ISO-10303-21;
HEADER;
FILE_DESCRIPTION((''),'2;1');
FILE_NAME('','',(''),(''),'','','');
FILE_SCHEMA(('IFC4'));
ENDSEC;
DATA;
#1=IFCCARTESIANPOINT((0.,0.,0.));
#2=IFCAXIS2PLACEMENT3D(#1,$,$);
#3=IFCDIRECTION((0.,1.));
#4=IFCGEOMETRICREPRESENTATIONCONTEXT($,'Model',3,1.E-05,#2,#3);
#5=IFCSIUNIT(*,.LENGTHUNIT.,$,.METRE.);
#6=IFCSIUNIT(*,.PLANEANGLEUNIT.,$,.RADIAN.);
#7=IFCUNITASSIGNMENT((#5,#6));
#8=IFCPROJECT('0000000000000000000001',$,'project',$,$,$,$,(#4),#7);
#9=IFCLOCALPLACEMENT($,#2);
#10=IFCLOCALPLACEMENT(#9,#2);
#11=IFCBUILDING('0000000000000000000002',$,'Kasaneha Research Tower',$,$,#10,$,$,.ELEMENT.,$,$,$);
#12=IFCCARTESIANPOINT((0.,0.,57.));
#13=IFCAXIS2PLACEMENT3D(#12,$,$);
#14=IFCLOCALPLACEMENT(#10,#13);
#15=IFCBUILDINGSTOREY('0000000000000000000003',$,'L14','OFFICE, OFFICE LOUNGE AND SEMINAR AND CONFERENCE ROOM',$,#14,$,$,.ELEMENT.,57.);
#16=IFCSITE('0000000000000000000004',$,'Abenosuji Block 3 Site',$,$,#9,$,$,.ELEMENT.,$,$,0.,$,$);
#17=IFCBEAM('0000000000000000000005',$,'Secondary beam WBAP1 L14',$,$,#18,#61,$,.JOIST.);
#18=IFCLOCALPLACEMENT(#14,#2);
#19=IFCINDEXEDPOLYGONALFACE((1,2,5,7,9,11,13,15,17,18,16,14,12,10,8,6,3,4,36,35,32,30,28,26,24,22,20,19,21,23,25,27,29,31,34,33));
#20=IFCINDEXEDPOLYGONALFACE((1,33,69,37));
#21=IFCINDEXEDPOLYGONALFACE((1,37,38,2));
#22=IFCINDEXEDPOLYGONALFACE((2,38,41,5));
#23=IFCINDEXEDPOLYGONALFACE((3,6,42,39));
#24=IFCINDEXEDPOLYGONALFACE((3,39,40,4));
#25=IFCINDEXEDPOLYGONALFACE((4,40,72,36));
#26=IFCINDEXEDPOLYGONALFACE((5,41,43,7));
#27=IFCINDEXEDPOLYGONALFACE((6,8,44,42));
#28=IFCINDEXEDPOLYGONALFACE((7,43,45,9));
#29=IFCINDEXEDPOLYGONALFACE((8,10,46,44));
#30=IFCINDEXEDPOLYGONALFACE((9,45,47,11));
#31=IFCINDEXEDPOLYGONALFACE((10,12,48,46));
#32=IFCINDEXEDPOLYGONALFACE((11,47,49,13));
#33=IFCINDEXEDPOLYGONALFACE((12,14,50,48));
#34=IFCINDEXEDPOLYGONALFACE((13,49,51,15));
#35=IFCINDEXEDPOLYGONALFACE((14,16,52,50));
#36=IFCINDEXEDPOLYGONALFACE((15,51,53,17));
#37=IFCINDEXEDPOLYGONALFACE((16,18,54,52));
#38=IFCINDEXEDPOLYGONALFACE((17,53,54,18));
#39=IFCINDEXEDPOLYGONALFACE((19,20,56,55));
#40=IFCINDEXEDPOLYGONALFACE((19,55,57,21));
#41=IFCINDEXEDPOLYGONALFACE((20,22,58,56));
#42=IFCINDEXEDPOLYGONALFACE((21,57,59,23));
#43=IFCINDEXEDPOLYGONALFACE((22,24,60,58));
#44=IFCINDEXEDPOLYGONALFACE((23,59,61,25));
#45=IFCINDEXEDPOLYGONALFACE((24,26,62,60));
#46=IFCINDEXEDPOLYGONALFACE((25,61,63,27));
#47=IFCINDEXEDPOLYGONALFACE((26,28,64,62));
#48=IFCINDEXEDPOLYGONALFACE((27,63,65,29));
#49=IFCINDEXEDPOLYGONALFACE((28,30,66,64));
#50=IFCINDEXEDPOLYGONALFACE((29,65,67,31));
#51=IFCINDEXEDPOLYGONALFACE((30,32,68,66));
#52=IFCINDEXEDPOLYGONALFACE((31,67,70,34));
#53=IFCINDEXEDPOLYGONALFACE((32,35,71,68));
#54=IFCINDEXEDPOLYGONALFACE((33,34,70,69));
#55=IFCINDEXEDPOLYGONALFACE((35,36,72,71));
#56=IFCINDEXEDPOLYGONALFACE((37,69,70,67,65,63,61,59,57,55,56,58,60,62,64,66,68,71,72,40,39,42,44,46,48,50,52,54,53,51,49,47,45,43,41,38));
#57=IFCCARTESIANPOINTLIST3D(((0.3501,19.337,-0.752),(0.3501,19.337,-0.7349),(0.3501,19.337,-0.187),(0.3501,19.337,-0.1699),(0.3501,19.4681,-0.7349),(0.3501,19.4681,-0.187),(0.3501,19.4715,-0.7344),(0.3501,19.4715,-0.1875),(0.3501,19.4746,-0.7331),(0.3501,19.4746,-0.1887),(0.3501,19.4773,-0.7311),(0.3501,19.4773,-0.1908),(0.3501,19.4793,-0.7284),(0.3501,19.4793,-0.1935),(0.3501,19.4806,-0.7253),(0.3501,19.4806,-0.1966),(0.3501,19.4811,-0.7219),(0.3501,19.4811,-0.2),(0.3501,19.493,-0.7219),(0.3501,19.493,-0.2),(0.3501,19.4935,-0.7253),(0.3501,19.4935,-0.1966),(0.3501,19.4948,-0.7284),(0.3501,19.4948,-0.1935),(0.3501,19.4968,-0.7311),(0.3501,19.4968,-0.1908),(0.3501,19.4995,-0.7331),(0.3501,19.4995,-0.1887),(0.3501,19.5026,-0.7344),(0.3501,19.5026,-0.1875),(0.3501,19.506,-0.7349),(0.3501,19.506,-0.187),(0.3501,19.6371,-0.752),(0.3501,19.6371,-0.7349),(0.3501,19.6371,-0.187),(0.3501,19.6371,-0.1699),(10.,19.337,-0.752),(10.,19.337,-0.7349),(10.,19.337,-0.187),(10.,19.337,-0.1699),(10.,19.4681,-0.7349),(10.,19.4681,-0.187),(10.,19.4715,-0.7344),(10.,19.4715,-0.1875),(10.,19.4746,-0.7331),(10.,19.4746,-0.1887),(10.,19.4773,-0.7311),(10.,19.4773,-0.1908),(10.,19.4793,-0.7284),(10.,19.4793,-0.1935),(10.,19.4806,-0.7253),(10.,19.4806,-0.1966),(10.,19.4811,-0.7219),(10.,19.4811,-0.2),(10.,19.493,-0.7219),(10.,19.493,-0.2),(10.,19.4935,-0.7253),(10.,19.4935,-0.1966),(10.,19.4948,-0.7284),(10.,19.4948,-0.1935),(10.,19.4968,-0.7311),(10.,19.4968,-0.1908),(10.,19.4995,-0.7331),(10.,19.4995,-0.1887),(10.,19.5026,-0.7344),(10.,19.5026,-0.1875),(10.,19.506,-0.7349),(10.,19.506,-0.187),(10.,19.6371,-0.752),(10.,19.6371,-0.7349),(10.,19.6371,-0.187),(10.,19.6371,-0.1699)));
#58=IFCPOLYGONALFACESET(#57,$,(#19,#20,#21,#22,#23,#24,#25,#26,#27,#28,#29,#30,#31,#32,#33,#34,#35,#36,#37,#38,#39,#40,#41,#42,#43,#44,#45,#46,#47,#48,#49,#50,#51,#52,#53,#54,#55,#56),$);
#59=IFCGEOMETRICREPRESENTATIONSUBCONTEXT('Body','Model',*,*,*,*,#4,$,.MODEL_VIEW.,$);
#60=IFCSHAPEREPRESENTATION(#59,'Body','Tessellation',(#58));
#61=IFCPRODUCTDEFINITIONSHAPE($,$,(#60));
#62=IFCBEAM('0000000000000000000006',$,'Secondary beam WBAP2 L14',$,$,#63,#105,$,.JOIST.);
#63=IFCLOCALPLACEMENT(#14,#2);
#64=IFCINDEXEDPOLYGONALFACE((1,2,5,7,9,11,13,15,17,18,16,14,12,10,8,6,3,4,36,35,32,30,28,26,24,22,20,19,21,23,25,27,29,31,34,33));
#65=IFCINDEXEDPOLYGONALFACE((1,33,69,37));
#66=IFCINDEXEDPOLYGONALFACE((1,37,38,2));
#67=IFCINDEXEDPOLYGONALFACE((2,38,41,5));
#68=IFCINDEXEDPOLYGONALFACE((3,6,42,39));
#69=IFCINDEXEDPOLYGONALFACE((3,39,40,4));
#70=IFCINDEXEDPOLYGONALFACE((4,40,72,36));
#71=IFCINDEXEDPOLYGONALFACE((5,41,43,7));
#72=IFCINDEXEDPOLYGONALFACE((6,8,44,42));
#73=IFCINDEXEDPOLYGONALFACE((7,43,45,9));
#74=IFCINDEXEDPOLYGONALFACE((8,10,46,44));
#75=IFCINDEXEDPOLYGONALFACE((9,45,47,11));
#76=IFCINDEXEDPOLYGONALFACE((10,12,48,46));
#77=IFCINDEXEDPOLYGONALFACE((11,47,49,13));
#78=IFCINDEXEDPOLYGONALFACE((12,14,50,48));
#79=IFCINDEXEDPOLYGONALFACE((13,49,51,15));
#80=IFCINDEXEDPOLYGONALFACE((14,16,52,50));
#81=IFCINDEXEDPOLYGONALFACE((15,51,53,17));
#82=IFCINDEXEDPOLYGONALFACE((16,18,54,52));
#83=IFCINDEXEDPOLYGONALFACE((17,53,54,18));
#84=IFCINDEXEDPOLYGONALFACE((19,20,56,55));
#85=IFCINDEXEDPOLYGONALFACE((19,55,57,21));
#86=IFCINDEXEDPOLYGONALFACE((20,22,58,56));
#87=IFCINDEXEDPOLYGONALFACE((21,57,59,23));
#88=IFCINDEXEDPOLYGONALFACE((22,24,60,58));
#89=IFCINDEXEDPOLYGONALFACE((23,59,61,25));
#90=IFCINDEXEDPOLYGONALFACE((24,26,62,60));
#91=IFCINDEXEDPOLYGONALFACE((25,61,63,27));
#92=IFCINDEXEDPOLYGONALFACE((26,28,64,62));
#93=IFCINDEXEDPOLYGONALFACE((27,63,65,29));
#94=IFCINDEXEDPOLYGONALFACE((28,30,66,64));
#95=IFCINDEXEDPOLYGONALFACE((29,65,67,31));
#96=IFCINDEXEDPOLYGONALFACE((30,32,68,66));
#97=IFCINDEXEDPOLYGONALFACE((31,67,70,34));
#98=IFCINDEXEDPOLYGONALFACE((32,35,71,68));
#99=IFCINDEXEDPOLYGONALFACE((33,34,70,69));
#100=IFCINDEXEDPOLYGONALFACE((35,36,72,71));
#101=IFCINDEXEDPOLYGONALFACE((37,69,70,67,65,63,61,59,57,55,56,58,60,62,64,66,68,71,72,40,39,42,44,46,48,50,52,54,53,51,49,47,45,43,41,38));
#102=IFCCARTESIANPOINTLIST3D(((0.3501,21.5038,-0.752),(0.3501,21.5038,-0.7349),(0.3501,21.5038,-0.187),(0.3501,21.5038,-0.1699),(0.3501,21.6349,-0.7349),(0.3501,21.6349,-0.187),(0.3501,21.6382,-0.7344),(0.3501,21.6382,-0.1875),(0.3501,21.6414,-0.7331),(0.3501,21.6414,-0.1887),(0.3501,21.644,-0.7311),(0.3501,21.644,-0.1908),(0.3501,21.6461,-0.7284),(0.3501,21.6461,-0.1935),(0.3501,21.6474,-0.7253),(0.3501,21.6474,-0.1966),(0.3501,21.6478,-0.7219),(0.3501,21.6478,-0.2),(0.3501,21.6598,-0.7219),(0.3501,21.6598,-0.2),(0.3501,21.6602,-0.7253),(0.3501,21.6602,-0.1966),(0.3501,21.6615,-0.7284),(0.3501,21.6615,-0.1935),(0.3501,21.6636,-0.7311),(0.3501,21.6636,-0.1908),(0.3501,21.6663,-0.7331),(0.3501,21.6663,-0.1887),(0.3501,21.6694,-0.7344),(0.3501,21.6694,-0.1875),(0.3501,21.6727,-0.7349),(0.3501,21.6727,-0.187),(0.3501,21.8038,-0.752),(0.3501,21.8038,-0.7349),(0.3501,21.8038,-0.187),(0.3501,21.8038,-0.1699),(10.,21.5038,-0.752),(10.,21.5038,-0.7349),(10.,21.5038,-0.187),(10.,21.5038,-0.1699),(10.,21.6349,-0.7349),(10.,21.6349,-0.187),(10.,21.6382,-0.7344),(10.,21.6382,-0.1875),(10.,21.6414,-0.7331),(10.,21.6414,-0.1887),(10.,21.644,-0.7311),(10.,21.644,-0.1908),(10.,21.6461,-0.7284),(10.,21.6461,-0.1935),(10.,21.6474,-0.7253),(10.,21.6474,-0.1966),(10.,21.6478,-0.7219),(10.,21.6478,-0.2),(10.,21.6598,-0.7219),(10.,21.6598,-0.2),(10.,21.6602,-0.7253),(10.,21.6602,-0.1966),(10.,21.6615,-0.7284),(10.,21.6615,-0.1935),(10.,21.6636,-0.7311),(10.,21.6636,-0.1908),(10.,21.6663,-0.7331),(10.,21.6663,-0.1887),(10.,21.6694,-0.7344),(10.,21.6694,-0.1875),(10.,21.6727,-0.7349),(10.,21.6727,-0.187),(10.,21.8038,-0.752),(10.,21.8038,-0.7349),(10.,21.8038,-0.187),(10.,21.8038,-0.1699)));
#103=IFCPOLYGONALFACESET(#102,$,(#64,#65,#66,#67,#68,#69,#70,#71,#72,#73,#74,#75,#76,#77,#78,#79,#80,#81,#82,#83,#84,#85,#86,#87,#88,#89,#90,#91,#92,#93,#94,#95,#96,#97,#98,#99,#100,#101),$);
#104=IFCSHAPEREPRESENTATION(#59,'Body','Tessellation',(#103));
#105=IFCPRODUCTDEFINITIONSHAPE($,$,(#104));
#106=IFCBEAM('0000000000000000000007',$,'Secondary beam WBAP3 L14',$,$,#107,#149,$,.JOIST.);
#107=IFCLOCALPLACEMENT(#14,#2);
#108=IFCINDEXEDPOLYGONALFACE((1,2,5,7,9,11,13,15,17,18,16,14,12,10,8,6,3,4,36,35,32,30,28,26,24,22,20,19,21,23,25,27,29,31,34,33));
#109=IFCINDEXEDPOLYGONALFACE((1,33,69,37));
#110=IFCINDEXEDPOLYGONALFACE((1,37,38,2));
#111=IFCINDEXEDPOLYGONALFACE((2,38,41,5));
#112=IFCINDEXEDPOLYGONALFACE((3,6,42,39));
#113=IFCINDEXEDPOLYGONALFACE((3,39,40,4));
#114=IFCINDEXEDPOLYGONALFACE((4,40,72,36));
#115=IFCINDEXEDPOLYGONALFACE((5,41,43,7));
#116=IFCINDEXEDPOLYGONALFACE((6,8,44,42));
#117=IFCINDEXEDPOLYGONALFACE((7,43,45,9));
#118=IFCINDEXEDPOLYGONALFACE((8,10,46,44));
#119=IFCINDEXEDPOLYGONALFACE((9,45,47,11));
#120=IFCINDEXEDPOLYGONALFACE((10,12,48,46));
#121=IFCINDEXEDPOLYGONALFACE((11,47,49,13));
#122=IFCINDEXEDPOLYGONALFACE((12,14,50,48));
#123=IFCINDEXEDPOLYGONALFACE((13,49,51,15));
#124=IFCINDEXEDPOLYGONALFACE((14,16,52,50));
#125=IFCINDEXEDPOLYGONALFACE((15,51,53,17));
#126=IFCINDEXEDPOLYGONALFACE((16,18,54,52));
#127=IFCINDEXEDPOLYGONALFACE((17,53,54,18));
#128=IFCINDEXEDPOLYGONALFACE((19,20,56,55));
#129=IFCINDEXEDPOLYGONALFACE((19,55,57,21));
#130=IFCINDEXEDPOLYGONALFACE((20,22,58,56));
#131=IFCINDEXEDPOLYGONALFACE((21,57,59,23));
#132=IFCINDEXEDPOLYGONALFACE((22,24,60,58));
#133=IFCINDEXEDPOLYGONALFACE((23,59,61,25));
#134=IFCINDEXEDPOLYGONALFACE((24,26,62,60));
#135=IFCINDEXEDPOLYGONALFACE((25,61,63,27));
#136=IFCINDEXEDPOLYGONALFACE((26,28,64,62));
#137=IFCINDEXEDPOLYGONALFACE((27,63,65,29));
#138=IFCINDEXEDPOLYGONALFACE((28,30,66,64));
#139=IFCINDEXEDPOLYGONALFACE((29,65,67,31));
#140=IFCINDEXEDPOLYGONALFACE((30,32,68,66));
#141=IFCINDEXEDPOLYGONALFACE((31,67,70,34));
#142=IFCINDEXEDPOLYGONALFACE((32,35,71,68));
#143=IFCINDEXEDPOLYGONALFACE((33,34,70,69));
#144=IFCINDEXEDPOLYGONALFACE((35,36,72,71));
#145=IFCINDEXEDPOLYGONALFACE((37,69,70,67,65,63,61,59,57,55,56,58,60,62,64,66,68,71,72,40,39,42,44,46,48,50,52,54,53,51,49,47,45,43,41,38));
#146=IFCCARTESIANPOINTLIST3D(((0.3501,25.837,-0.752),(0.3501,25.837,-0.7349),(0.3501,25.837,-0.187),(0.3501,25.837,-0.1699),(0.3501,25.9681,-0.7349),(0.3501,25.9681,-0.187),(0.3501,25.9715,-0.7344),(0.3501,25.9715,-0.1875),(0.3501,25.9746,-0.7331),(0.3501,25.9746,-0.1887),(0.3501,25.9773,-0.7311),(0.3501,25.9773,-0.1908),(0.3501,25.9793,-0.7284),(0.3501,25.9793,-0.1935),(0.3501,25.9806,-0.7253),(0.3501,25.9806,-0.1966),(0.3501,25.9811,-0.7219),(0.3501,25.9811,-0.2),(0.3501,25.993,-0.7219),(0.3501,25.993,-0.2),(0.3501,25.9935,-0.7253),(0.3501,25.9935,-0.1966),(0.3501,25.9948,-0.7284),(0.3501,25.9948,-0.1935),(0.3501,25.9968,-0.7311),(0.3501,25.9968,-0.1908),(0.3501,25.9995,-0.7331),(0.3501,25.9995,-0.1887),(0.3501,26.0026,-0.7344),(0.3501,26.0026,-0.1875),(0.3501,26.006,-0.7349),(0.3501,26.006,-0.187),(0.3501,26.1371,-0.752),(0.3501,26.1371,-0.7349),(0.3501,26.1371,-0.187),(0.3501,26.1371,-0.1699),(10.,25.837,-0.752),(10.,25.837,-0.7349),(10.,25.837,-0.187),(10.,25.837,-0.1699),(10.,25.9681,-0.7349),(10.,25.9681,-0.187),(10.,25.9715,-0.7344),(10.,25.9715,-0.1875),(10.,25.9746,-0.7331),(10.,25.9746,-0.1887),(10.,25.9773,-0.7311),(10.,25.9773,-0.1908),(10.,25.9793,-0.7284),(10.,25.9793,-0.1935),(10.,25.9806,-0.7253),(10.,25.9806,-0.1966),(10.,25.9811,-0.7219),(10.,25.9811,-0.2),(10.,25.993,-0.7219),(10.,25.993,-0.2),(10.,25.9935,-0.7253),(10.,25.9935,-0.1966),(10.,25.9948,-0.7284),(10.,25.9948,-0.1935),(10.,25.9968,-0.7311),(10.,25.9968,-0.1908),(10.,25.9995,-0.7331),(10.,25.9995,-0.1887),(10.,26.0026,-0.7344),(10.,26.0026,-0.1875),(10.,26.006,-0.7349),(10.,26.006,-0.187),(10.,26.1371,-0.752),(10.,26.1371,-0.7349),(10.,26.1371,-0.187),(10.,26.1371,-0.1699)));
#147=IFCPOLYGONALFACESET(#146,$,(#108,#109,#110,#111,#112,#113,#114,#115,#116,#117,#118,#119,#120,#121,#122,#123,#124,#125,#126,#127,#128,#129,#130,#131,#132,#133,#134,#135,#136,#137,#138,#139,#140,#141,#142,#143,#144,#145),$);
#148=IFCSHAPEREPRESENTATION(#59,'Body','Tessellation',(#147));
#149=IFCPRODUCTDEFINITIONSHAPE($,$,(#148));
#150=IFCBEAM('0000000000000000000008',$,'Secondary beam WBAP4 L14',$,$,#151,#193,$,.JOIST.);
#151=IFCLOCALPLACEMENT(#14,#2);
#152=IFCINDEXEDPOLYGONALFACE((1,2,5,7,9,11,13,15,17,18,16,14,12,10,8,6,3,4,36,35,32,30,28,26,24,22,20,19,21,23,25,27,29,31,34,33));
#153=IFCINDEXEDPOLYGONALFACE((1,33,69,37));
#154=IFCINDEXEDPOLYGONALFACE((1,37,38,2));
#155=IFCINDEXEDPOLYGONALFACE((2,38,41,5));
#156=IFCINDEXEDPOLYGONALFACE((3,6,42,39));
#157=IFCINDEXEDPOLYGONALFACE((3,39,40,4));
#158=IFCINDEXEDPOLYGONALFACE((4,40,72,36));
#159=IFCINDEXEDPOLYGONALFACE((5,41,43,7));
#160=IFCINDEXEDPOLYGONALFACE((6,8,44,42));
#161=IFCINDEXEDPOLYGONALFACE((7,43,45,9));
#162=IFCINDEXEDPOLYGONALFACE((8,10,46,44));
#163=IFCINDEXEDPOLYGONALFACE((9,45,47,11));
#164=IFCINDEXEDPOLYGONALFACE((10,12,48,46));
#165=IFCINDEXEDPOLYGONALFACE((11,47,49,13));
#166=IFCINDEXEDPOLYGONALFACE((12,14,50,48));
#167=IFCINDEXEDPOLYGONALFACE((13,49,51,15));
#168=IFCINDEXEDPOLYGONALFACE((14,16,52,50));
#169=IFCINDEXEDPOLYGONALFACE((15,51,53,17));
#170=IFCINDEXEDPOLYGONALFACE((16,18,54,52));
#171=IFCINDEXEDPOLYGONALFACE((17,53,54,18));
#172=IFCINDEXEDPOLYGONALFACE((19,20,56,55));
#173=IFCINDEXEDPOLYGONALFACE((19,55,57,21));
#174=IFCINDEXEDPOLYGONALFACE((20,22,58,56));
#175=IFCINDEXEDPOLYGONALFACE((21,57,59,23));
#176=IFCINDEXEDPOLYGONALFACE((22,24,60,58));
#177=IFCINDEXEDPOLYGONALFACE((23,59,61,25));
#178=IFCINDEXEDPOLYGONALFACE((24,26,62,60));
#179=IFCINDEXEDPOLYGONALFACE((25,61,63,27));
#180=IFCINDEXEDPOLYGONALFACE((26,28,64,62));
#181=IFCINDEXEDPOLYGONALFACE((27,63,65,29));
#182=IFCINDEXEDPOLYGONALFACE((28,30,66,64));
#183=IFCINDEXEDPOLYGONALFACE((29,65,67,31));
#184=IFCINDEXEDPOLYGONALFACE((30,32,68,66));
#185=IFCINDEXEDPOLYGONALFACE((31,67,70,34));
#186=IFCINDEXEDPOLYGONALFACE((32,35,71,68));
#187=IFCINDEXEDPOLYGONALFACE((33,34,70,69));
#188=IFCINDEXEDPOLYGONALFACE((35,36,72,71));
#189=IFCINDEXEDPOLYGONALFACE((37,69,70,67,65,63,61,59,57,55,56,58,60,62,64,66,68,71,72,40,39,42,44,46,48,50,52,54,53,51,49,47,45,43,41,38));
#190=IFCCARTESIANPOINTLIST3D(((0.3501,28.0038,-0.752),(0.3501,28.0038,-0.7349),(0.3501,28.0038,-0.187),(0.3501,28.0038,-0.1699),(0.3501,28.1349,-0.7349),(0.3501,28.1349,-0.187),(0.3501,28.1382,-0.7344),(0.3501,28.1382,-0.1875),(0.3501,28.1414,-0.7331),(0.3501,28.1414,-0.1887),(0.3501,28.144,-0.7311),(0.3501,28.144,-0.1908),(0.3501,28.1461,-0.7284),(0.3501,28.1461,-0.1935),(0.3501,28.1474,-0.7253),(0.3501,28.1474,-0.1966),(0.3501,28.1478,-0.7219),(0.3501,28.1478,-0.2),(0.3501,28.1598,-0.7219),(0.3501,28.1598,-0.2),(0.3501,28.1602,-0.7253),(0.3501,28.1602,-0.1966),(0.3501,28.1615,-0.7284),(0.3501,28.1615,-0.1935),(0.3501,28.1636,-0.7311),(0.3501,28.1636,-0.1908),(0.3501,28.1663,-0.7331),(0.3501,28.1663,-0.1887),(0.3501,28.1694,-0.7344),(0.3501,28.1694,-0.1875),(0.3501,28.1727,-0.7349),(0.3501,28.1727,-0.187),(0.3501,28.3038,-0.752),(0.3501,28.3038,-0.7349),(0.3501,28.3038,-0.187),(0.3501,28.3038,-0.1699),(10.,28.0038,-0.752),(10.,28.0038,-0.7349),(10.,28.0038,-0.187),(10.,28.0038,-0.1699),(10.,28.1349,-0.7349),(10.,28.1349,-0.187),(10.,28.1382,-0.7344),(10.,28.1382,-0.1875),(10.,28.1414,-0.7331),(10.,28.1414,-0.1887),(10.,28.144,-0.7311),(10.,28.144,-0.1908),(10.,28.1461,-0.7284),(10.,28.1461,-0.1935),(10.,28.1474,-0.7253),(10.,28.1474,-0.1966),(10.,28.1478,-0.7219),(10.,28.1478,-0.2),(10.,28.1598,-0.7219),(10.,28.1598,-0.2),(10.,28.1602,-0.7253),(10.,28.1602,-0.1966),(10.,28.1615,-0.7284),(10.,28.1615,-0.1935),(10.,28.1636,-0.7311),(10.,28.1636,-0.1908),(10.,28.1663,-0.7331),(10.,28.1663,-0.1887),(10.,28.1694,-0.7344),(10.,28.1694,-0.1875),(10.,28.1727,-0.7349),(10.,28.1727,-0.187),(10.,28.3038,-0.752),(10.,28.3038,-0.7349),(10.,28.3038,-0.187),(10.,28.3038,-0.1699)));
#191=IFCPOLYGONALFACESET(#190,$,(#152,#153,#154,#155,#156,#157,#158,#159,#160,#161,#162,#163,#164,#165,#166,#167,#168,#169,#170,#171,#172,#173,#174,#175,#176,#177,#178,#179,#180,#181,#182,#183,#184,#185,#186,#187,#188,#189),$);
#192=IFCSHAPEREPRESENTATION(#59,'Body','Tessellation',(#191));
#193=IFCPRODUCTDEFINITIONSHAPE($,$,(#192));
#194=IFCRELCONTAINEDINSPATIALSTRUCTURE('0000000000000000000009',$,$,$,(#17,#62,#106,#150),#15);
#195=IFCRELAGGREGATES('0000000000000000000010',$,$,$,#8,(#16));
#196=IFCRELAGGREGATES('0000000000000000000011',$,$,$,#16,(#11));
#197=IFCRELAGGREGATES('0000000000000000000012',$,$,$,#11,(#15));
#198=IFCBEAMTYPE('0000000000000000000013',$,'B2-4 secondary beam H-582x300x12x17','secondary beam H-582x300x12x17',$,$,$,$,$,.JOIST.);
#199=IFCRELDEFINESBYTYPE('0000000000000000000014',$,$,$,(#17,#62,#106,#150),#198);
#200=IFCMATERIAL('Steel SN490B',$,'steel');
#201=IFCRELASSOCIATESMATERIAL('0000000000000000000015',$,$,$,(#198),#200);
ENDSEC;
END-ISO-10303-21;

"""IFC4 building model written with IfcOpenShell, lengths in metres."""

from ifc_helpers import new_model, si_unit, direction, frame, origin, origin_2d, place, context, subcontext, project, spatial, i_section, extrude, material, material_profile, profile_set, type_object, element, save


model = new_model("IFC4")

# Units and contexts
model_context = context("Model", 3, precision=1e-05, world=origin(), true_north=direction((0.0, 1.0)))
body_context = subcontext(model_context, "Body", "Model", "MODEL_VIEW")
ifc_project = project(units=[si_unit("LENGTHUNIT", "METRE"), si_unit("PLANEANGLEUNIT", "RADIAN")], contexts=[model_context])

# Site, building, storey
site_placement = place(None, origin())
site = spatial("IfcSite", under=ifc_project, at=site_placement, Name="Abenosuji Block 3 Site", CompositionType="ELEMENT", RefElevation=0.0)
building_placement = place(site_placement, origin())
building = spatial("IfcBuilding", under=site, at=building_placement, Name="Kasaneha Research Tower", CompositionType="ELEMENT")
storey_placement = place(building_placement, frame((0.0, 0.0, 57.0)))
storey = spatial("IfcBuildingStorey", under=building, at=storey_placement, Name="L14", Description="OFFICE, OFFICE LOUNGE AND SEMINAR AND CONFERENCE ROOM", CompositionType="ELEMENT", Elevation=57.0)

# Beams
ifc_material_1 = material(Name="Steel SN490B", Category="steel")
ifc_material_profile_1 = material_profile(ifc_material_1, i_section(OverallWidth=0.3, OverallDepth=0.582, WebThickness=0.012, FlangeThickness=0.0171, FilletRadius=0.0129, at=origin_2d()), Name="H-582x300x12x17")
ifc_profile_set_1 = profile_set([ifc_material_profile_1], Name="Steel SN490B")
beam_type_1 = type_object("IfcBeamType", Name="B2-4 secondary beam H-582x300x12x17", Description="secondary beam H-582x300x12x17", PredefinedType="JOIST", material=ifc_profile_set_1)
for number, where, z_axis, x_axis, name in (
    (1, (10.0, 19.4871, -0.4609), (-1.0, 0.0, 0.0), (0.0, -1.0, 0.0), "Secondary beam WBAP1 L14"),
    (2, (10.0, 21.6538, -0.4609), (-1.0, 0.0, 0.0), (0.0, -1.0, 0.0), "Secondary beam WBAP2 L14"),
    (3, (10.0, 25.9871, -0.4609), (-1.0, 0.0, 0.0), (0.0, -1.0, 0.0), "Secondary beam WBAP3 L14"),
    (4, (10.0, 28.1538, -0.4609), (-1.0, 0.0, 0.0), (0.0, -1.0, 0.0), "Secondary beam WBAP4 L14"),
):
    element("IfcBeam", number, at=place(storey_placement, frame(where, z_axis=z_axis, x_axis=x_axis)), inside=storey, type_object=beam_type_1, Name=name, PredefinedType="JOIST", context=body_context, shape_type="SweptSolid", body=[
        extrude(i_section(OverallWidth=0.3, OverallDepth=0.582, WebThickness=0.012, FlangeThickness=0.0171, FilletRadius=0.0129, at=origin_2d()), origin(), (0.0, 0.0, 1.0), 9.6499),
    ])

save(model, "model.ifc")
